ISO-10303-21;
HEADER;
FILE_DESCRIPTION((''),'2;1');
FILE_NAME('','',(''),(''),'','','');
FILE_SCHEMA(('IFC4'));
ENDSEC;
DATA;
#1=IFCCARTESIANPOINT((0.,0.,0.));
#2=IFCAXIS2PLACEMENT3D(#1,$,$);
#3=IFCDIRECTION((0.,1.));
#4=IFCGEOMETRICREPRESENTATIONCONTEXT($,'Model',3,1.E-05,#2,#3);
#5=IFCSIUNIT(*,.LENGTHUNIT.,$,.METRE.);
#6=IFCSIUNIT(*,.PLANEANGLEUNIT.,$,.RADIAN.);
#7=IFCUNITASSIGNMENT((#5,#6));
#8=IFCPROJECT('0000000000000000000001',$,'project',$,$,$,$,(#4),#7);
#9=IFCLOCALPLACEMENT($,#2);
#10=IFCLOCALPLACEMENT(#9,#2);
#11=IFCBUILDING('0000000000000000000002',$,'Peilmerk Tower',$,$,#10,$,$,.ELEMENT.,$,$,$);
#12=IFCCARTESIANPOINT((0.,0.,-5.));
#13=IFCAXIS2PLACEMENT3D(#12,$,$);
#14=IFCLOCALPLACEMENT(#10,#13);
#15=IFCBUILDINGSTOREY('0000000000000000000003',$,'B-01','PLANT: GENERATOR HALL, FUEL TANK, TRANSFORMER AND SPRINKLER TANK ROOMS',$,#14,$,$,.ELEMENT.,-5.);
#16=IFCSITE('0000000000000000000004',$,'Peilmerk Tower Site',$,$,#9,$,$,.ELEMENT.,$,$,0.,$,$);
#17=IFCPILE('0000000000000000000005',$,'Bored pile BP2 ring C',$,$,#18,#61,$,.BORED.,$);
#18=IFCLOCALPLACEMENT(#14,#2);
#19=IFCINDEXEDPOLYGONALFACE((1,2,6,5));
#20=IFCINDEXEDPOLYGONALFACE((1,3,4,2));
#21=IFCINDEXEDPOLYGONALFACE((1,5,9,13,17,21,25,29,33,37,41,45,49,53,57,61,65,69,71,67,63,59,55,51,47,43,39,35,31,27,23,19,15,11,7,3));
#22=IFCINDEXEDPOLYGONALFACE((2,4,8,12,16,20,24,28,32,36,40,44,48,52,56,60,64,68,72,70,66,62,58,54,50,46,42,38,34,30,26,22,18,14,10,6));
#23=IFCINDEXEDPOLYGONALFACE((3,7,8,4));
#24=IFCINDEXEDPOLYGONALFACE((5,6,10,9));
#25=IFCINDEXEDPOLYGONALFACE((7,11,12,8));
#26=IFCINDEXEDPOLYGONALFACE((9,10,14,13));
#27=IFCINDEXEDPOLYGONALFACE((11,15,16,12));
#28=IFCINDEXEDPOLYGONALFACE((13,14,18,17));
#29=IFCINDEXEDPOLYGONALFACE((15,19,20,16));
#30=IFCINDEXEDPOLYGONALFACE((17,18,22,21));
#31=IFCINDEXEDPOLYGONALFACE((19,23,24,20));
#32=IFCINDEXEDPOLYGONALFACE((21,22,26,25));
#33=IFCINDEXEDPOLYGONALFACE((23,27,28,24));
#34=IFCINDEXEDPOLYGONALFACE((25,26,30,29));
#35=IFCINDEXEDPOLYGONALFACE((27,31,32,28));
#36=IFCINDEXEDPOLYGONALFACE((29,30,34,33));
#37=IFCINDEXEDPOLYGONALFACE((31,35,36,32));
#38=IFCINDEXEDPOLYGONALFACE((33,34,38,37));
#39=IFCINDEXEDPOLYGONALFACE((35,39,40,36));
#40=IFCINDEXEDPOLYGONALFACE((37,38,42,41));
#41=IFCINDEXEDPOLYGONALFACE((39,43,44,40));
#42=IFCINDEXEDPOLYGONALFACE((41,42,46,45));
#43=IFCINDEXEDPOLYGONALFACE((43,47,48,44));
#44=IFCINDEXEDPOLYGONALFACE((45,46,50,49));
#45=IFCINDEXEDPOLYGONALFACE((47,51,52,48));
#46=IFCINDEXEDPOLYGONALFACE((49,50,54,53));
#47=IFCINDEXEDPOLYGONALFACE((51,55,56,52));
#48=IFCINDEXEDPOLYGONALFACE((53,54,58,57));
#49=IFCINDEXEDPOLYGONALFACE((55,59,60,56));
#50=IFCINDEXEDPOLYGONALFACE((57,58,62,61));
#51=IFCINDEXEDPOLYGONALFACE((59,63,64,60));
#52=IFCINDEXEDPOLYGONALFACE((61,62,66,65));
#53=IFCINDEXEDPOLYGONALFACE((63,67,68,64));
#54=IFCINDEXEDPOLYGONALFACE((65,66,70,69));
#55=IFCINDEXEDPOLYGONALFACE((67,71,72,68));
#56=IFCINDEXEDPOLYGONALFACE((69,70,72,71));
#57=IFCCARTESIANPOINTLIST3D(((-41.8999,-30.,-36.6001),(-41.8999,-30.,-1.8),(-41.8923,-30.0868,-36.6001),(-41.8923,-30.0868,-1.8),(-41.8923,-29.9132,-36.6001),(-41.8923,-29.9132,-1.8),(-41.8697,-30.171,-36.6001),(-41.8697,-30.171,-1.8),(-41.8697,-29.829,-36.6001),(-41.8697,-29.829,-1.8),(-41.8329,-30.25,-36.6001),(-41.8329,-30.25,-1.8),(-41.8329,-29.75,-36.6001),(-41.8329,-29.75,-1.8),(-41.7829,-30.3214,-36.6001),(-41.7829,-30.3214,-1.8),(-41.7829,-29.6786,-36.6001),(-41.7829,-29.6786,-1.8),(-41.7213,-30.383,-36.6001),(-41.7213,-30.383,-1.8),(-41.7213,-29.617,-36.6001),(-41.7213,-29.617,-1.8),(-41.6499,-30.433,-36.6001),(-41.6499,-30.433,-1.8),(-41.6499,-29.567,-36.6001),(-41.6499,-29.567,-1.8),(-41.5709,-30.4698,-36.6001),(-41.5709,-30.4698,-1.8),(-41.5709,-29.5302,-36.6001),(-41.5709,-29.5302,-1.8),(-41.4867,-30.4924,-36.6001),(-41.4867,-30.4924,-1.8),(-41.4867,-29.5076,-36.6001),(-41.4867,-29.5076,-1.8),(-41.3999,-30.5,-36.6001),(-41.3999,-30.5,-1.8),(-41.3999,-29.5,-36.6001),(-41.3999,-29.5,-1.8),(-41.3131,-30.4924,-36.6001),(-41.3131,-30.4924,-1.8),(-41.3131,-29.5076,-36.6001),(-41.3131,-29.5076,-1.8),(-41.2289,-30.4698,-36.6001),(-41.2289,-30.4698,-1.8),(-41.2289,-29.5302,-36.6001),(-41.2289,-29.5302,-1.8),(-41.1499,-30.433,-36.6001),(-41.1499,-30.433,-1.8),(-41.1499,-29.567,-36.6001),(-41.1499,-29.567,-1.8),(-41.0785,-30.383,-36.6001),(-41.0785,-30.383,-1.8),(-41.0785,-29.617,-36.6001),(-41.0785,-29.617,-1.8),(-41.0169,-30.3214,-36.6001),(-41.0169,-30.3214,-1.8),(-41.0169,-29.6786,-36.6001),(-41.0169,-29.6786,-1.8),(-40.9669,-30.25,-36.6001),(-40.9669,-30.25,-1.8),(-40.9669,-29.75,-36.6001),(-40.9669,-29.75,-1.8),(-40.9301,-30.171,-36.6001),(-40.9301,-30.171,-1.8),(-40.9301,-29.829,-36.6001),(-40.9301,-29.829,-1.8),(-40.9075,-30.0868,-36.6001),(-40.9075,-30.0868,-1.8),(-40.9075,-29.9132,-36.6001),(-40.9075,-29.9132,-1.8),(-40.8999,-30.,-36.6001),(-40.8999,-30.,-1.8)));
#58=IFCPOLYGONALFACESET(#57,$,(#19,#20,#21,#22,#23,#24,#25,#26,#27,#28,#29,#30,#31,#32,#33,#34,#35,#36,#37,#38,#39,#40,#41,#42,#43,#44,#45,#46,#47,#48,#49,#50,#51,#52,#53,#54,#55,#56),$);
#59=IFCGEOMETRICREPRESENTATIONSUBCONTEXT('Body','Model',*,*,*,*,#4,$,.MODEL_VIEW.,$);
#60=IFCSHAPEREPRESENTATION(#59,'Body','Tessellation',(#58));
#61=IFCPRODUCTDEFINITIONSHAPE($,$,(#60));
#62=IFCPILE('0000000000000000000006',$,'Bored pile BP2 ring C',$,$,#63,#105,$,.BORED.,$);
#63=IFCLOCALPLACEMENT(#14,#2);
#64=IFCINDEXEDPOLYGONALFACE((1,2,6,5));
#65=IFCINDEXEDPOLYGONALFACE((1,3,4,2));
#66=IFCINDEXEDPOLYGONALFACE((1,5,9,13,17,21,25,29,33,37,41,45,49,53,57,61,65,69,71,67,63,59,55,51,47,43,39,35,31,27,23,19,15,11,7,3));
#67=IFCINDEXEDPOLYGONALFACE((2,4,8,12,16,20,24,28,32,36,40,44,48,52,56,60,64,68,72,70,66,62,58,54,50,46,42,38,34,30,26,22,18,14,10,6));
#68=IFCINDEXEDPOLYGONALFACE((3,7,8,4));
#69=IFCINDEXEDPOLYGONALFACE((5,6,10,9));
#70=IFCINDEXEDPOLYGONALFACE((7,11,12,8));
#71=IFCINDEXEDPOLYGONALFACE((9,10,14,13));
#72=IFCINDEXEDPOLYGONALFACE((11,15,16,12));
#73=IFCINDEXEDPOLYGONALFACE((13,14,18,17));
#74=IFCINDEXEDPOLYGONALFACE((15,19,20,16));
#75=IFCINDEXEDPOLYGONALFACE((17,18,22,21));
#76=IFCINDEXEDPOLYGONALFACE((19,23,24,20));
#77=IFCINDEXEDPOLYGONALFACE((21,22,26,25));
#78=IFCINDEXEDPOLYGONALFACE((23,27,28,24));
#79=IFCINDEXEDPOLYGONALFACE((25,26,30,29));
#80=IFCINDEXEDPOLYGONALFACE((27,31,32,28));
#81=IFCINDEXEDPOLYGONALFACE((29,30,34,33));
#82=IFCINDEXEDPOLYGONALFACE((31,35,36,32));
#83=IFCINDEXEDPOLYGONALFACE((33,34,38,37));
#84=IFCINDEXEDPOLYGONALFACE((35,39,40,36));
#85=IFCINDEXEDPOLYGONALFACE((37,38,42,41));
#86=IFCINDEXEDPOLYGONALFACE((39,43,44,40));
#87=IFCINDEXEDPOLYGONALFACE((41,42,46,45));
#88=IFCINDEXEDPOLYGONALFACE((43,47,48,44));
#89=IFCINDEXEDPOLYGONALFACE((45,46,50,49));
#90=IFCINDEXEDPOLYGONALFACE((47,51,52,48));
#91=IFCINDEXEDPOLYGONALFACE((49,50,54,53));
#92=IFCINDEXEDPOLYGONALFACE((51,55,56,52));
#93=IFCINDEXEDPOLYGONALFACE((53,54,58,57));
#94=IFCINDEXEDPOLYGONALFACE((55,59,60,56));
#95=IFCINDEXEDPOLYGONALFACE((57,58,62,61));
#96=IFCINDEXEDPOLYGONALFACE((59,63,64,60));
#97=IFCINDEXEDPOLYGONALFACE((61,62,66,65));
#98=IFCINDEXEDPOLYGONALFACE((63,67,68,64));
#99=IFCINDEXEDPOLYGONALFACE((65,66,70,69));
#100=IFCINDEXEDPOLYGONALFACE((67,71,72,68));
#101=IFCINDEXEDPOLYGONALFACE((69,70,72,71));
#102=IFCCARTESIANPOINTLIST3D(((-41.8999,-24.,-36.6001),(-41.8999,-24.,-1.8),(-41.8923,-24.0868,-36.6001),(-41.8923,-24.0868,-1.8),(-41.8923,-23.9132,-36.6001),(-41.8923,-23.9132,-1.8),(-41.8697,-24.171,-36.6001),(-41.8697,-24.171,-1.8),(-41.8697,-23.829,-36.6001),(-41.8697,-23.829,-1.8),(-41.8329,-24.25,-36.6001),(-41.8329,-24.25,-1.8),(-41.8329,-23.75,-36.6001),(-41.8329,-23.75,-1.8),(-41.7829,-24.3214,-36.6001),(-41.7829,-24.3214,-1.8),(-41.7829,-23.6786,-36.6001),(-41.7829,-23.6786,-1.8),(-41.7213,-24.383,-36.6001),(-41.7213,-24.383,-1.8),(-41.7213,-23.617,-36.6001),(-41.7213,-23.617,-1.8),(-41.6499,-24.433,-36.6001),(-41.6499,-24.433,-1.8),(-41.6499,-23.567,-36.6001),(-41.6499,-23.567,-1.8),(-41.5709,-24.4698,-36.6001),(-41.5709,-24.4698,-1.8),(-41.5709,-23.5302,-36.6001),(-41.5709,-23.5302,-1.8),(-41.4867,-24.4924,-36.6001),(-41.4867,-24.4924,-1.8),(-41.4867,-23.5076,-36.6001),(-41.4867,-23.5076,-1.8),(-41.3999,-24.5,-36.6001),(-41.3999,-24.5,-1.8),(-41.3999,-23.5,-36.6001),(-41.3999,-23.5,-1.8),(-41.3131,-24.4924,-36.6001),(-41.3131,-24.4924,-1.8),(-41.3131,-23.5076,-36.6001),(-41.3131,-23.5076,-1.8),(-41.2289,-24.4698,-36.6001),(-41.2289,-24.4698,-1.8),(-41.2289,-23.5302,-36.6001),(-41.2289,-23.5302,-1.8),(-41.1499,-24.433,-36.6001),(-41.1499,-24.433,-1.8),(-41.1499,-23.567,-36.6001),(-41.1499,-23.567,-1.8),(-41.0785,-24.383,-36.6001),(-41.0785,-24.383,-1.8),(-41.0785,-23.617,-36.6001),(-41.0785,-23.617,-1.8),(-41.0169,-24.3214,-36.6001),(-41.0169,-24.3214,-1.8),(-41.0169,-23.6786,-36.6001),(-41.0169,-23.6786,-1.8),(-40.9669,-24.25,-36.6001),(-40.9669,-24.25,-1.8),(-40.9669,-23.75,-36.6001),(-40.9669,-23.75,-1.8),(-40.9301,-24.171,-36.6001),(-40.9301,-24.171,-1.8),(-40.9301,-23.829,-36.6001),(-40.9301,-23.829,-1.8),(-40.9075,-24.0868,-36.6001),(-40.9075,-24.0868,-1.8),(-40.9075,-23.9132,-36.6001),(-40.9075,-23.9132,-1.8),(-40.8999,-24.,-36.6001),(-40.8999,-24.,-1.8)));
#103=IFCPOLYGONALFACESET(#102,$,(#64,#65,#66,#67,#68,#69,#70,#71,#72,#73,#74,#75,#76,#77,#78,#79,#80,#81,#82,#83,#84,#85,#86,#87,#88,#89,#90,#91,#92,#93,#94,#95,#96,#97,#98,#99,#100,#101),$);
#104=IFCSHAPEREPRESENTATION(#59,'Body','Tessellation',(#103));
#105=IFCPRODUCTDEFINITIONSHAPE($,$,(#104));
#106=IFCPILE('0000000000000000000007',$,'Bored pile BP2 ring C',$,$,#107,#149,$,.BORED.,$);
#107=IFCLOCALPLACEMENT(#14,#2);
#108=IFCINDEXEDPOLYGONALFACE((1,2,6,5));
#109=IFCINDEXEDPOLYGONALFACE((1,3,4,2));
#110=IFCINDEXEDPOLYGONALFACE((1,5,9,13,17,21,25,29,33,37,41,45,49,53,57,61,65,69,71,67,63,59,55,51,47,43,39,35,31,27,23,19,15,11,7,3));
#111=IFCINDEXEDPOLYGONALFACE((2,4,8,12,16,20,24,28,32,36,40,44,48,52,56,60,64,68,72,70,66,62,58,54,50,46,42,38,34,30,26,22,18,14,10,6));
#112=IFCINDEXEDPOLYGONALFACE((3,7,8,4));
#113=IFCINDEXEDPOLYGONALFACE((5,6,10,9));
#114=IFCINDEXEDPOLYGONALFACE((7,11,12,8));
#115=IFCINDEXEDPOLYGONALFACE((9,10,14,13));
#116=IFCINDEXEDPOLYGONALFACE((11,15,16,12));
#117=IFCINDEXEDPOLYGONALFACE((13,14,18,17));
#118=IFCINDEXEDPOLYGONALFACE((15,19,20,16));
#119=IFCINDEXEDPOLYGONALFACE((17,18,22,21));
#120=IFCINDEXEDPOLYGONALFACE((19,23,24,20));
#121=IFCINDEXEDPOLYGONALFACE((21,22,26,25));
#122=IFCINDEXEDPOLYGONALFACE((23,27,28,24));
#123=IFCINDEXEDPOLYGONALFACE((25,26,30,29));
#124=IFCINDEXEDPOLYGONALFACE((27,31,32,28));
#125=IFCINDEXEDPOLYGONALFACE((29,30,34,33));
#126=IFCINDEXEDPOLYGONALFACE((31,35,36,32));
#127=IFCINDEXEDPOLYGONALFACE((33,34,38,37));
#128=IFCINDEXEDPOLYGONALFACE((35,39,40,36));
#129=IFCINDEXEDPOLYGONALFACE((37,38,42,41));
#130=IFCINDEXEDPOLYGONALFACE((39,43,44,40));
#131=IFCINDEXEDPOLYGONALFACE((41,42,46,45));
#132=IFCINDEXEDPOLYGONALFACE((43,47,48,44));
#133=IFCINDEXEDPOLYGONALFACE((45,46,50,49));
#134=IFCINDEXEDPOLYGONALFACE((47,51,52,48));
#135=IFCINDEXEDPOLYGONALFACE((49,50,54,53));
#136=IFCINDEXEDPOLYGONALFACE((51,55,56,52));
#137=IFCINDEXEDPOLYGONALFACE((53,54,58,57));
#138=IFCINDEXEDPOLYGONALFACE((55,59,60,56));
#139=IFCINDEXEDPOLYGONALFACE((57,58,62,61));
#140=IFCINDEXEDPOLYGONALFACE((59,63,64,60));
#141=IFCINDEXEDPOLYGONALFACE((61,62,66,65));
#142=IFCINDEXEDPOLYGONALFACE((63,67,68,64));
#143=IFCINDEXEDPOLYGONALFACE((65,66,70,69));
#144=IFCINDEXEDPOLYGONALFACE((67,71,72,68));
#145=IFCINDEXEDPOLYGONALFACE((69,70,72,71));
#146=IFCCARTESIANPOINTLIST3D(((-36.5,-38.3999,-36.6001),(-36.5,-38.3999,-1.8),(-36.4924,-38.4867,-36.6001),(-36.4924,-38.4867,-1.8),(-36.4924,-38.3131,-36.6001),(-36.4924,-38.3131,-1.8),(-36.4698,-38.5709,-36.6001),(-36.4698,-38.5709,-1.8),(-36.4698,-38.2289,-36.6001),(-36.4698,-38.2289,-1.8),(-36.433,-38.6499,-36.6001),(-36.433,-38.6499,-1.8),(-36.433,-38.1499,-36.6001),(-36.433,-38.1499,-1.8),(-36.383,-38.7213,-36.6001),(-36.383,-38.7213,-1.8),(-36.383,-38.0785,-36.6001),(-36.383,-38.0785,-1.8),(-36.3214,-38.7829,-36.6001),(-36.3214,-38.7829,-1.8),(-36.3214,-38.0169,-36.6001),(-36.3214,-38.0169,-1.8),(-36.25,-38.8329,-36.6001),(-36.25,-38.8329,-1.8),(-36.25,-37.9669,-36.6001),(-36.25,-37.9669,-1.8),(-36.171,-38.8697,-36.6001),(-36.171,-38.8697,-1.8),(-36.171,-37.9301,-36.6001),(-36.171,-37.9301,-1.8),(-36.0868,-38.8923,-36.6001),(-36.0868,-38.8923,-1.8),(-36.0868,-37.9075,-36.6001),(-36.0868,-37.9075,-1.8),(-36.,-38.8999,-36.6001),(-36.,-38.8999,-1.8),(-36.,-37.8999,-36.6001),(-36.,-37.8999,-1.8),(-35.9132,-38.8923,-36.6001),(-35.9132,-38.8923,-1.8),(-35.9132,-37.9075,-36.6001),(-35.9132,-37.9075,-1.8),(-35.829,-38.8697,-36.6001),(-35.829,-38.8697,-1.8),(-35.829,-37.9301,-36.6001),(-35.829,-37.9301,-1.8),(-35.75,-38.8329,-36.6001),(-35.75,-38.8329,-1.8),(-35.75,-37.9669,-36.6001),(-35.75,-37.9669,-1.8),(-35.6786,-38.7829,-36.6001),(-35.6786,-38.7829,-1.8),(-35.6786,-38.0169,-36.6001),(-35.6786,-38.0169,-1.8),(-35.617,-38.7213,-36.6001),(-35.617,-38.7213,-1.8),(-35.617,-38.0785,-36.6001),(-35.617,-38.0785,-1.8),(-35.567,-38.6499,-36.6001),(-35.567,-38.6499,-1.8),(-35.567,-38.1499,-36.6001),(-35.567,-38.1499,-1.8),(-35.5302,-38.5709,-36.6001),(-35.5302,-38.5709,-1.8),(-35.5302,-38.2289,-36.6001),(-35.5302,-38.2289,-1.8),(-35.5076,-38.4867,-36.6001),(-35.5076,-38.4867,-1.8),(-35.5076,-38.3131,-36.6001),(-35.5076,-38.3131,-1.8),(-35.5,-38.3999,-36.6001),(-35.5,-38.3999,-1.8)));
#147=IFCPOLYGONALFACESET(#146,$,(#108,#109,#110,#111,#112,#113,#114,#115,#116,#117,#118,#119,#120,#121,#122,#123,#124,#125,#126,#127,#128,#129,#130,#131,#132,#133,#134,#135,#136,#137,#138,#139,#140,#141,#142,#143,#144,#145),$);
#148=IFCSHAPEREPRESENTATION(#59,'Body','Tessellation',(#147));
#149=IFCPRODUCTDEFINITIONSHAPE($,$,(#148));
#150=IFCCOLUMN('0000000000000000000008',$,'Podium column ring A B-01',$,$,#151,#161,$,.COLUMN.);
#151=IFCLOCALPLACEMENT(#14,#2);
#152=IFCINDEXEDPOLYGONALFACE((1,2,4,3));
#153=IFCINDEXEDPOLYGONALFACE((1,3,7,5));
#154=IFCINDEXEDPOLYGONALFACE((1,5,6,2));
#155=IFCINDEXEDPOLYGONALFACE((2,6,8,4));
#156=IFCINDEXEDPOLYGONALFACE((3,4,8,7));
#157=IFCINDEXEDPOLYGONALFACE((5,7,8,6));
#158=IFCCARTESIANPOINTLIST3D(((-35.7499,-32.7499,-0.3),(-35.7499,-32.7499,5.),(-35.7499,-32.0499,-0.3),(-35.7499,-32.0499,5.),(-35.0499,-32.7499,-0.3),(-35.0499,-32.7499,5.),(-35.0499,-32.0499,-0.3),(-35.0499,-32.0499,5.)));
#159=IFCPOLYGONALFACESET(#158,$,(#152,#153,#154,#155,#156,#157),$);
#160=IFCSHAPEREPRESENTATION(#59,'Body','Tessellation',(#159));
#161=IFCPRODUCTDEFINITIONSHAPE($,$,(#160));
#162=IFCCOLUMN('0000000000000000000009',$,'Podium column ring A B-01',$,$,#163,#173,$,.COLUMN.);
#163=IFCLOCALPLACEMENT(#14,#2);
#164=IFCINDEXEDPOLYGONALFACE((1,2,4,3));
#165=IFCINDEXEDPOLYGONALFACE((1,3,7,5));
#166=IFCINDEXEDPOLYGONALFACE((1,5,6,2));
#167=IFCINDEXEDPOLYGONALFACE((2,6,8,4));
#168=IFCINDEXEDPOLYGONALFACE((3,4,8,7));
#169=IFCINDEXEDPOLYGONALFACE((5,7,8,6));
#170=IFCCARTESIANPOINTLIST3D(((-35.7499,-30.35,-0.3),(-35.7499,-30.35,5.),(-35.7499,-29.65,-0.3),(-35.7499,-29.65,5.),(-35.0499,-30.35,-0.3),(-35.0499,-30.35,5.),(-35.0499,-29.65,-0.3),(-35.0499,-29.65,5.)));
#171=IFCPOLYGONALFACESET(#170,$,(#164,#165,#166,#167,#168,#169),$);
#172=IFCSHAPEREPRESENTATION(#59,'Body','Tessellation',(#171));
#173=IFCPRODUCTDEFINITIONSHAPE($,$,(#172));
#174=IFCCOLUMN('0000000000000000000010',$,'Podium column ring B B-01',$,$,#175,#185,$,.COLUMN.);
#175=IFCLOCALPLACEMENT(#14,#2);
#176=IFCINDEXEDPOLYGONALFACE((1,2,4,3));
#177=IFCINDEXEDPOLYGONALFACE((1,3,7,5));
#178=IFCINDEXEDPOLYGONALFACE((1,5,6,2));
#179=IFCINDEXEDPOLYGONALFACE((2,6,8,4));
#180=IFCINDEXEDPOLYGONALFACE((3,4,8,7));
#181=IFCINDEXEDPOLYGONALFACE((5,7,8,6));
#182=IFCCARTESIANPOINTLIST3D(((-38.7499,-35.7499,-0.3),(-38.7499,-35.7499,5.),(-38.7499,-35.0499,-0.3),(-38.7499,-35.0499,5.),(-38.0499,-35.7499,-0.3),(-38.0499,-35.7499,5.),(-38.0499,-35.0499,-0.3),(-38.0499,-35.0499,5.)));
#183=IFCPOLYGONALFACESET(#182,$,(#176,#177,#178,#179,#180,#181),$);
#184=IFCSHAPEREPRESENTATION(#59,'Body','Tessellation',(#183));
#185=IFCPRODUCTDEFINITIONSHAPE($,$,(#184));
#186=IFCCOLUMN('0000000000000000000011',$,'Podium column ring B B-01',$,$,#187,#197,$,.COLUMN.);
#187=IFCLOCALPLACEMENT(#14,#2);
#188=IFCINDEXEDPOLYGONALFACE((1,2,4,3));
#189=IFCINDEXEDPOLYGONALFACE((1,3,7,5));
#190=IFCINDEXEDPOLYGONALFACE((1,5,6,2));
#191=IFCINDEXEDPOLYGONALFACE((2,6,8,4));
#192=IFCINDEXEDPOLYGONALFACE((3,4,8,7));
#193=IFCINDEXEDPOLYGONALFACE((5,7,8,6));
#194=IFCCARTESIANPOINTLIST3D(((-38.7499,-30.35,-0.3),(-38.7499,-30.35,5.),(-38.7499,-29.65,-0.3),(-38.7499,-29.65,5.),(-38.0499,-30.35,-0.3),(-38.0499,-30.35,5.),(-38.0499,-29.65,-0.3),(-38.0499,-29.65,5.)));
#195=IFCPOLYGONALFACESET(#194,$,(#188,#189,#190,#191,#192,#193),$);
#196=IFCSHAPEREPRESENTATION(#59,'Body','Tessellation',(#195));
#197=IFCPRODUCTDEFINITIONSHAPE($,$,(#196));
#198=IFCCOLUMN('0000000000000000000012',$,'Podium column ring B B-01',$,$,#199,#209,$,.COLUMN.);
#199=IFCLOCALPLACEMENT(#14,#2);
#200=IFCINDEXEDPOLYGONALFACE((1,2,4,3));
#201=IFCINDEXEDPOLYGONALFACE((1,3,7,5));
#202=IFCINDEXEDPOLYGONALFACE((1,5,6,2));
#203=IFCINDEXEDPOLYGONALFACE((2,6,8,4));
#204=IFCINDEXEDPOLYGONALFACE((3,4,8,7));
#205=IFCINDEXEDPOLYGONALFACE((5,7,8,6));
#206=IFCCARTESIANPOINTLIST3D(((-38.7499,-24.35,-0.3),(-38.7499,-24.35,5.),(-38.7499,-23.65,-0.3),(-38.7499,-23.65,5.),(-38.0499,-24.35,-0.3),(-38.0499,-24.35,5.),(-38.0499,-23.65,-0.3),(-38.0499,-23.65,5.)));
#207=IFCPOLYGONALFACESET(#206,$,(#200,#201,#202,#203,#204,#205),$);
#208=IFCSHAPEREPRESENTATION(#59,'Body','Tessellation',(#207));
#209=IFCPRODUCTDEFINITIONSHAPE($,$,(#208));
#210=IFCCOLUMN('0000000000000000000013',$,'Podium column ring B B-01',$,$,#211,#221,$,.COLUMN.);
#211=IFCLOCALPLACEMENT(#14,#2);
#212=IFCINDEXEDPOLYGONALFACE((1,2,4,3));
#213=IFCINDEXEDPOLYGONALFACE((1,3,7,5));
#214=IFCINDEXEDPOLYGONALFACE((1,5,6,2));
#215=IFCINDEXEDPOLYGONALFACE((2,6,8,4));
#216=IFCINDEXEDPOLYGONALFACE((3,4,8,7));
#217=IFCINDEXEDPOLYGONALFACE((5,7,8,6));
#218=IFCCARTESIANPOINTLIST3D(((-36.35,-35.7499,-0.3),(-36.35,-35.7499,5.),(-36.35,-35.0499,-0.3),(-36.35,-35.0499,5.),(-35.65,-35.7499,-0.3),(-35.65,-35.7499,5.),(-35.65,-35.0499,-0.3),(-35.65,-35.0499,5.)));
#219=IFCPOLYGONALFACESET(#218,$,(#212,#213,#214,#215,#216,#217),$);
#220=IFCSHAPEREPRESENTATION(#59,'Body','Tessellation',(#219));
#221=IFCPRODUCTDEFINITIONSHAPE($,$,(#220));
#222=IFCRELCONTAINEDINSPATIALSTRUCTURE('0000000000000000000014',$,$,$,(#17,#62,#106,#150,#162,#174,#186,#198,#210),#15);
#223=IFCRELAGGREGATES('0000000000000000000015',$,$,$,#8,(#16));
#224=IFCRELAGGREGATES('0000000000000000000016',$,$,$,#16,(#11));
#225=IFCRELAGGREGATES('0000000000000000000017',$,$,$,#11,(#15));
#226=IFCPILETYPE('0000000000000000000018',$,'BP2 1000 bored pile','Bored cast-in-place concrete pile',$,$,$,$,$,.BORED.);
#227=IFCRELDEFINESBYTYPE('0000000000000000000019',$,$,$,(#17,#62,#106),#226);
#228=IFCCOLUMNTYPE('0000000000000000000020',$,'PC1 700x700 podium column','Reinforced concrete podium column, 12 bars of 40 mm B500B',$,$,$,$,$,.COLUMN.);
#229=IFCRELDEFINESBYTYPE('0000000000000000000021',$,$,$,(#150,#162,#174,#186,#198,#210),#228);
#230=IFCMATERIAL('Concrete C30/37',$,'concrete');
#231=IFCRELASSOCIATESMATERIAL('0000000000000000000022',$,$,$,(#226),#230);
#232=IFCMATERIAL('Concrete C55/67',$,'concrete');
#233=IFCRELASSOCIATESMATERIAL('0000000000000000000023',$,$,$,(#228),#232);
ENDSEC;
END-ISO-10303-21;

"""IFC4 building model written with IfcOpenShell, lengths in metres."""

from ifc_helpers import new_model, si_unit, direction, frame, origin, origin_2d, place, context, subcontext, project, spatial, rectangle, circle, extrude, material, material_profile, profile_set, type_object, element, save


model = new_model("IFC4")

# Units and contexts
model_context = context("Model", 3, precision=1e-05, world=origin(), true_north=direction((0.0, 1.0)))
body_context = subcontext(model_context, "Body", "Model", "MODEL_VIEW")
ifc_project = project(units=[si_unit("LENGTHUNIT", "METRE"), si_unit("PLANEANGLEUNIT", "RADIAN")], contexts=[model_context])

# Site, building, storey
site_placement = place(None, origin())
site = spatial("IfcSite", under=ifc_project, at=site_placement, Name="Peilmerk Tower Site", CompositionType="ELEMENT", RefElevation=0.0)
building_placement = place(site_placement, origin())
building = spatial("IfcBuilding", under=site, at=building_placement, Name="Peilmerk Tower", CompositionType="ELEMENT")
storey_placement = place(building_placement, frame((0.0, 0.0, -5.0)))
storey = spatial("IfcBuildingStorey", under=building, at=storey_placement, Name="B-01", Description="PLANT: GENERATOR HALL, FUEL TANK, TRANSFORMER AND SPRINKLER TANK ROOMS", CompositionType="ELEMENT", Elevation=-5.0)

# Piles
ifc_material_1 = material(Name="Concrete C30/37", Category="concrete")
ifc_material_profile_1 = material_profile(ifc_material_1, circle(Radius=0.5, at=origin_2d()), Name="BP 1000")
ifc_profile_set_1 = profile_set([ifc_material_profile_1], Name="Concrete C30/37")
pile_type = type_object("IfcPileType", Name="BP2 1000 bored pile", Description="Bored cast-in-place concrete pile", PredefinedType="BORED", material=ifc_profile_set_1)
for number, where, z_axis, x_axis, name in (
    (1, (-41.3999, -30.0, -1.8), (0.0, 0.0, -1.0), (1.0, 0.0, 0.0), "Bored pile BP2 ring C"),
    (2, (-41.3999, -24.0, -1.8), (0.0, 0.0, -1.0), (1.0, 0.0, 0.0), "Bored pile BP2 ring C"),
    (3, (-36.0, -38.3999, -1.8), (0.0, 0.0, -1.0), (1.0, 0.0, 0.0), "Bored pile BP2 ring C"),
):
    element("IfcPile", number, at=place(storey_placement, frame(where, z_axis=z_axis, x_axis=x_axis)), inside=storey, type_object=pile_type, Name=name, PredefinedType="BORED", context=body_context, shape_type="SweptSolid", body=[
        extrude(circle(Radius=0.5, at=origin_2d()), origin(), (0.0, 0.0, 1.0), 34.8),
    ])

# Columns
ifc_material_2 = material(Name="Concrete C55/67", Category="concrete")
ifc_material_profile_2 = material_profile(ifc_material_2, rectangle(XDim=0.7, YDim=0.7, at=origin_2d()), Name="RC 700x700")
ifc_profile_set_2 = profile_set([ifc_material_profile_2], Name="Concrete C55/67")
column_type = type_object("IfcColumnType", Name="PC1 700x700 podium column", Description="Reinforced concrete podium column, 12 bars of 40 mm B500B", PredefinedType="COLUMN", material=ifc_profile_set_2)
for number, where, z_axis, x_axis, name in (
    (4, (-35.3999, -32.3999, -0.3), (0.0, 0.0, 1.0), (1.0, 0.0, 0.0), "Podium column ring A B-01"),
    (5, (-35.3999, -30.0, -0.3), (0.0, 0.0, 1.0), (1.0, 0.0, 0.0), "Podium column ring A B-01"),
    (6, (-38.3999, -35.3999, -0.3), (0.0, 0.0, 1.0), (1.0, 0.0, 0.0), "Podium column ring B B-01"),
    (7, (-38.3999, -30.0, -0.3), (0.0, 0.0, 1.0), (1.0, 0.0, 0.0), "Podium column ring B B-01"),
    (8, (-38.3999, -24.0, -0.3), (0.0, 0.0, 1.0), (1.0, 0.0, 0.0), "Podium column ring B B-01"),
    (9, (-36.0, -35.3999, -0.3), (0.0, 0.0, 1.0), (1.0, 0.0, 0.0), "Podium column ring B B-01"),
):
    element("IfcColumn", number, at=place(storey_placement, frame(where, z_axis=z_axis, x_axis=x_axis)), inside=storey, type_object=column_type, Name=name, PredefinedType="COLUMN", context=body_context, shape_type="SweptSolid", body=[
        extrude(rectangle(XDim=0.7, YDim=0.7, at=origin_2d()), origin(), (0.0, 0.0, 1.0), 5.3),
    ])

save(model, "model.ifc")
